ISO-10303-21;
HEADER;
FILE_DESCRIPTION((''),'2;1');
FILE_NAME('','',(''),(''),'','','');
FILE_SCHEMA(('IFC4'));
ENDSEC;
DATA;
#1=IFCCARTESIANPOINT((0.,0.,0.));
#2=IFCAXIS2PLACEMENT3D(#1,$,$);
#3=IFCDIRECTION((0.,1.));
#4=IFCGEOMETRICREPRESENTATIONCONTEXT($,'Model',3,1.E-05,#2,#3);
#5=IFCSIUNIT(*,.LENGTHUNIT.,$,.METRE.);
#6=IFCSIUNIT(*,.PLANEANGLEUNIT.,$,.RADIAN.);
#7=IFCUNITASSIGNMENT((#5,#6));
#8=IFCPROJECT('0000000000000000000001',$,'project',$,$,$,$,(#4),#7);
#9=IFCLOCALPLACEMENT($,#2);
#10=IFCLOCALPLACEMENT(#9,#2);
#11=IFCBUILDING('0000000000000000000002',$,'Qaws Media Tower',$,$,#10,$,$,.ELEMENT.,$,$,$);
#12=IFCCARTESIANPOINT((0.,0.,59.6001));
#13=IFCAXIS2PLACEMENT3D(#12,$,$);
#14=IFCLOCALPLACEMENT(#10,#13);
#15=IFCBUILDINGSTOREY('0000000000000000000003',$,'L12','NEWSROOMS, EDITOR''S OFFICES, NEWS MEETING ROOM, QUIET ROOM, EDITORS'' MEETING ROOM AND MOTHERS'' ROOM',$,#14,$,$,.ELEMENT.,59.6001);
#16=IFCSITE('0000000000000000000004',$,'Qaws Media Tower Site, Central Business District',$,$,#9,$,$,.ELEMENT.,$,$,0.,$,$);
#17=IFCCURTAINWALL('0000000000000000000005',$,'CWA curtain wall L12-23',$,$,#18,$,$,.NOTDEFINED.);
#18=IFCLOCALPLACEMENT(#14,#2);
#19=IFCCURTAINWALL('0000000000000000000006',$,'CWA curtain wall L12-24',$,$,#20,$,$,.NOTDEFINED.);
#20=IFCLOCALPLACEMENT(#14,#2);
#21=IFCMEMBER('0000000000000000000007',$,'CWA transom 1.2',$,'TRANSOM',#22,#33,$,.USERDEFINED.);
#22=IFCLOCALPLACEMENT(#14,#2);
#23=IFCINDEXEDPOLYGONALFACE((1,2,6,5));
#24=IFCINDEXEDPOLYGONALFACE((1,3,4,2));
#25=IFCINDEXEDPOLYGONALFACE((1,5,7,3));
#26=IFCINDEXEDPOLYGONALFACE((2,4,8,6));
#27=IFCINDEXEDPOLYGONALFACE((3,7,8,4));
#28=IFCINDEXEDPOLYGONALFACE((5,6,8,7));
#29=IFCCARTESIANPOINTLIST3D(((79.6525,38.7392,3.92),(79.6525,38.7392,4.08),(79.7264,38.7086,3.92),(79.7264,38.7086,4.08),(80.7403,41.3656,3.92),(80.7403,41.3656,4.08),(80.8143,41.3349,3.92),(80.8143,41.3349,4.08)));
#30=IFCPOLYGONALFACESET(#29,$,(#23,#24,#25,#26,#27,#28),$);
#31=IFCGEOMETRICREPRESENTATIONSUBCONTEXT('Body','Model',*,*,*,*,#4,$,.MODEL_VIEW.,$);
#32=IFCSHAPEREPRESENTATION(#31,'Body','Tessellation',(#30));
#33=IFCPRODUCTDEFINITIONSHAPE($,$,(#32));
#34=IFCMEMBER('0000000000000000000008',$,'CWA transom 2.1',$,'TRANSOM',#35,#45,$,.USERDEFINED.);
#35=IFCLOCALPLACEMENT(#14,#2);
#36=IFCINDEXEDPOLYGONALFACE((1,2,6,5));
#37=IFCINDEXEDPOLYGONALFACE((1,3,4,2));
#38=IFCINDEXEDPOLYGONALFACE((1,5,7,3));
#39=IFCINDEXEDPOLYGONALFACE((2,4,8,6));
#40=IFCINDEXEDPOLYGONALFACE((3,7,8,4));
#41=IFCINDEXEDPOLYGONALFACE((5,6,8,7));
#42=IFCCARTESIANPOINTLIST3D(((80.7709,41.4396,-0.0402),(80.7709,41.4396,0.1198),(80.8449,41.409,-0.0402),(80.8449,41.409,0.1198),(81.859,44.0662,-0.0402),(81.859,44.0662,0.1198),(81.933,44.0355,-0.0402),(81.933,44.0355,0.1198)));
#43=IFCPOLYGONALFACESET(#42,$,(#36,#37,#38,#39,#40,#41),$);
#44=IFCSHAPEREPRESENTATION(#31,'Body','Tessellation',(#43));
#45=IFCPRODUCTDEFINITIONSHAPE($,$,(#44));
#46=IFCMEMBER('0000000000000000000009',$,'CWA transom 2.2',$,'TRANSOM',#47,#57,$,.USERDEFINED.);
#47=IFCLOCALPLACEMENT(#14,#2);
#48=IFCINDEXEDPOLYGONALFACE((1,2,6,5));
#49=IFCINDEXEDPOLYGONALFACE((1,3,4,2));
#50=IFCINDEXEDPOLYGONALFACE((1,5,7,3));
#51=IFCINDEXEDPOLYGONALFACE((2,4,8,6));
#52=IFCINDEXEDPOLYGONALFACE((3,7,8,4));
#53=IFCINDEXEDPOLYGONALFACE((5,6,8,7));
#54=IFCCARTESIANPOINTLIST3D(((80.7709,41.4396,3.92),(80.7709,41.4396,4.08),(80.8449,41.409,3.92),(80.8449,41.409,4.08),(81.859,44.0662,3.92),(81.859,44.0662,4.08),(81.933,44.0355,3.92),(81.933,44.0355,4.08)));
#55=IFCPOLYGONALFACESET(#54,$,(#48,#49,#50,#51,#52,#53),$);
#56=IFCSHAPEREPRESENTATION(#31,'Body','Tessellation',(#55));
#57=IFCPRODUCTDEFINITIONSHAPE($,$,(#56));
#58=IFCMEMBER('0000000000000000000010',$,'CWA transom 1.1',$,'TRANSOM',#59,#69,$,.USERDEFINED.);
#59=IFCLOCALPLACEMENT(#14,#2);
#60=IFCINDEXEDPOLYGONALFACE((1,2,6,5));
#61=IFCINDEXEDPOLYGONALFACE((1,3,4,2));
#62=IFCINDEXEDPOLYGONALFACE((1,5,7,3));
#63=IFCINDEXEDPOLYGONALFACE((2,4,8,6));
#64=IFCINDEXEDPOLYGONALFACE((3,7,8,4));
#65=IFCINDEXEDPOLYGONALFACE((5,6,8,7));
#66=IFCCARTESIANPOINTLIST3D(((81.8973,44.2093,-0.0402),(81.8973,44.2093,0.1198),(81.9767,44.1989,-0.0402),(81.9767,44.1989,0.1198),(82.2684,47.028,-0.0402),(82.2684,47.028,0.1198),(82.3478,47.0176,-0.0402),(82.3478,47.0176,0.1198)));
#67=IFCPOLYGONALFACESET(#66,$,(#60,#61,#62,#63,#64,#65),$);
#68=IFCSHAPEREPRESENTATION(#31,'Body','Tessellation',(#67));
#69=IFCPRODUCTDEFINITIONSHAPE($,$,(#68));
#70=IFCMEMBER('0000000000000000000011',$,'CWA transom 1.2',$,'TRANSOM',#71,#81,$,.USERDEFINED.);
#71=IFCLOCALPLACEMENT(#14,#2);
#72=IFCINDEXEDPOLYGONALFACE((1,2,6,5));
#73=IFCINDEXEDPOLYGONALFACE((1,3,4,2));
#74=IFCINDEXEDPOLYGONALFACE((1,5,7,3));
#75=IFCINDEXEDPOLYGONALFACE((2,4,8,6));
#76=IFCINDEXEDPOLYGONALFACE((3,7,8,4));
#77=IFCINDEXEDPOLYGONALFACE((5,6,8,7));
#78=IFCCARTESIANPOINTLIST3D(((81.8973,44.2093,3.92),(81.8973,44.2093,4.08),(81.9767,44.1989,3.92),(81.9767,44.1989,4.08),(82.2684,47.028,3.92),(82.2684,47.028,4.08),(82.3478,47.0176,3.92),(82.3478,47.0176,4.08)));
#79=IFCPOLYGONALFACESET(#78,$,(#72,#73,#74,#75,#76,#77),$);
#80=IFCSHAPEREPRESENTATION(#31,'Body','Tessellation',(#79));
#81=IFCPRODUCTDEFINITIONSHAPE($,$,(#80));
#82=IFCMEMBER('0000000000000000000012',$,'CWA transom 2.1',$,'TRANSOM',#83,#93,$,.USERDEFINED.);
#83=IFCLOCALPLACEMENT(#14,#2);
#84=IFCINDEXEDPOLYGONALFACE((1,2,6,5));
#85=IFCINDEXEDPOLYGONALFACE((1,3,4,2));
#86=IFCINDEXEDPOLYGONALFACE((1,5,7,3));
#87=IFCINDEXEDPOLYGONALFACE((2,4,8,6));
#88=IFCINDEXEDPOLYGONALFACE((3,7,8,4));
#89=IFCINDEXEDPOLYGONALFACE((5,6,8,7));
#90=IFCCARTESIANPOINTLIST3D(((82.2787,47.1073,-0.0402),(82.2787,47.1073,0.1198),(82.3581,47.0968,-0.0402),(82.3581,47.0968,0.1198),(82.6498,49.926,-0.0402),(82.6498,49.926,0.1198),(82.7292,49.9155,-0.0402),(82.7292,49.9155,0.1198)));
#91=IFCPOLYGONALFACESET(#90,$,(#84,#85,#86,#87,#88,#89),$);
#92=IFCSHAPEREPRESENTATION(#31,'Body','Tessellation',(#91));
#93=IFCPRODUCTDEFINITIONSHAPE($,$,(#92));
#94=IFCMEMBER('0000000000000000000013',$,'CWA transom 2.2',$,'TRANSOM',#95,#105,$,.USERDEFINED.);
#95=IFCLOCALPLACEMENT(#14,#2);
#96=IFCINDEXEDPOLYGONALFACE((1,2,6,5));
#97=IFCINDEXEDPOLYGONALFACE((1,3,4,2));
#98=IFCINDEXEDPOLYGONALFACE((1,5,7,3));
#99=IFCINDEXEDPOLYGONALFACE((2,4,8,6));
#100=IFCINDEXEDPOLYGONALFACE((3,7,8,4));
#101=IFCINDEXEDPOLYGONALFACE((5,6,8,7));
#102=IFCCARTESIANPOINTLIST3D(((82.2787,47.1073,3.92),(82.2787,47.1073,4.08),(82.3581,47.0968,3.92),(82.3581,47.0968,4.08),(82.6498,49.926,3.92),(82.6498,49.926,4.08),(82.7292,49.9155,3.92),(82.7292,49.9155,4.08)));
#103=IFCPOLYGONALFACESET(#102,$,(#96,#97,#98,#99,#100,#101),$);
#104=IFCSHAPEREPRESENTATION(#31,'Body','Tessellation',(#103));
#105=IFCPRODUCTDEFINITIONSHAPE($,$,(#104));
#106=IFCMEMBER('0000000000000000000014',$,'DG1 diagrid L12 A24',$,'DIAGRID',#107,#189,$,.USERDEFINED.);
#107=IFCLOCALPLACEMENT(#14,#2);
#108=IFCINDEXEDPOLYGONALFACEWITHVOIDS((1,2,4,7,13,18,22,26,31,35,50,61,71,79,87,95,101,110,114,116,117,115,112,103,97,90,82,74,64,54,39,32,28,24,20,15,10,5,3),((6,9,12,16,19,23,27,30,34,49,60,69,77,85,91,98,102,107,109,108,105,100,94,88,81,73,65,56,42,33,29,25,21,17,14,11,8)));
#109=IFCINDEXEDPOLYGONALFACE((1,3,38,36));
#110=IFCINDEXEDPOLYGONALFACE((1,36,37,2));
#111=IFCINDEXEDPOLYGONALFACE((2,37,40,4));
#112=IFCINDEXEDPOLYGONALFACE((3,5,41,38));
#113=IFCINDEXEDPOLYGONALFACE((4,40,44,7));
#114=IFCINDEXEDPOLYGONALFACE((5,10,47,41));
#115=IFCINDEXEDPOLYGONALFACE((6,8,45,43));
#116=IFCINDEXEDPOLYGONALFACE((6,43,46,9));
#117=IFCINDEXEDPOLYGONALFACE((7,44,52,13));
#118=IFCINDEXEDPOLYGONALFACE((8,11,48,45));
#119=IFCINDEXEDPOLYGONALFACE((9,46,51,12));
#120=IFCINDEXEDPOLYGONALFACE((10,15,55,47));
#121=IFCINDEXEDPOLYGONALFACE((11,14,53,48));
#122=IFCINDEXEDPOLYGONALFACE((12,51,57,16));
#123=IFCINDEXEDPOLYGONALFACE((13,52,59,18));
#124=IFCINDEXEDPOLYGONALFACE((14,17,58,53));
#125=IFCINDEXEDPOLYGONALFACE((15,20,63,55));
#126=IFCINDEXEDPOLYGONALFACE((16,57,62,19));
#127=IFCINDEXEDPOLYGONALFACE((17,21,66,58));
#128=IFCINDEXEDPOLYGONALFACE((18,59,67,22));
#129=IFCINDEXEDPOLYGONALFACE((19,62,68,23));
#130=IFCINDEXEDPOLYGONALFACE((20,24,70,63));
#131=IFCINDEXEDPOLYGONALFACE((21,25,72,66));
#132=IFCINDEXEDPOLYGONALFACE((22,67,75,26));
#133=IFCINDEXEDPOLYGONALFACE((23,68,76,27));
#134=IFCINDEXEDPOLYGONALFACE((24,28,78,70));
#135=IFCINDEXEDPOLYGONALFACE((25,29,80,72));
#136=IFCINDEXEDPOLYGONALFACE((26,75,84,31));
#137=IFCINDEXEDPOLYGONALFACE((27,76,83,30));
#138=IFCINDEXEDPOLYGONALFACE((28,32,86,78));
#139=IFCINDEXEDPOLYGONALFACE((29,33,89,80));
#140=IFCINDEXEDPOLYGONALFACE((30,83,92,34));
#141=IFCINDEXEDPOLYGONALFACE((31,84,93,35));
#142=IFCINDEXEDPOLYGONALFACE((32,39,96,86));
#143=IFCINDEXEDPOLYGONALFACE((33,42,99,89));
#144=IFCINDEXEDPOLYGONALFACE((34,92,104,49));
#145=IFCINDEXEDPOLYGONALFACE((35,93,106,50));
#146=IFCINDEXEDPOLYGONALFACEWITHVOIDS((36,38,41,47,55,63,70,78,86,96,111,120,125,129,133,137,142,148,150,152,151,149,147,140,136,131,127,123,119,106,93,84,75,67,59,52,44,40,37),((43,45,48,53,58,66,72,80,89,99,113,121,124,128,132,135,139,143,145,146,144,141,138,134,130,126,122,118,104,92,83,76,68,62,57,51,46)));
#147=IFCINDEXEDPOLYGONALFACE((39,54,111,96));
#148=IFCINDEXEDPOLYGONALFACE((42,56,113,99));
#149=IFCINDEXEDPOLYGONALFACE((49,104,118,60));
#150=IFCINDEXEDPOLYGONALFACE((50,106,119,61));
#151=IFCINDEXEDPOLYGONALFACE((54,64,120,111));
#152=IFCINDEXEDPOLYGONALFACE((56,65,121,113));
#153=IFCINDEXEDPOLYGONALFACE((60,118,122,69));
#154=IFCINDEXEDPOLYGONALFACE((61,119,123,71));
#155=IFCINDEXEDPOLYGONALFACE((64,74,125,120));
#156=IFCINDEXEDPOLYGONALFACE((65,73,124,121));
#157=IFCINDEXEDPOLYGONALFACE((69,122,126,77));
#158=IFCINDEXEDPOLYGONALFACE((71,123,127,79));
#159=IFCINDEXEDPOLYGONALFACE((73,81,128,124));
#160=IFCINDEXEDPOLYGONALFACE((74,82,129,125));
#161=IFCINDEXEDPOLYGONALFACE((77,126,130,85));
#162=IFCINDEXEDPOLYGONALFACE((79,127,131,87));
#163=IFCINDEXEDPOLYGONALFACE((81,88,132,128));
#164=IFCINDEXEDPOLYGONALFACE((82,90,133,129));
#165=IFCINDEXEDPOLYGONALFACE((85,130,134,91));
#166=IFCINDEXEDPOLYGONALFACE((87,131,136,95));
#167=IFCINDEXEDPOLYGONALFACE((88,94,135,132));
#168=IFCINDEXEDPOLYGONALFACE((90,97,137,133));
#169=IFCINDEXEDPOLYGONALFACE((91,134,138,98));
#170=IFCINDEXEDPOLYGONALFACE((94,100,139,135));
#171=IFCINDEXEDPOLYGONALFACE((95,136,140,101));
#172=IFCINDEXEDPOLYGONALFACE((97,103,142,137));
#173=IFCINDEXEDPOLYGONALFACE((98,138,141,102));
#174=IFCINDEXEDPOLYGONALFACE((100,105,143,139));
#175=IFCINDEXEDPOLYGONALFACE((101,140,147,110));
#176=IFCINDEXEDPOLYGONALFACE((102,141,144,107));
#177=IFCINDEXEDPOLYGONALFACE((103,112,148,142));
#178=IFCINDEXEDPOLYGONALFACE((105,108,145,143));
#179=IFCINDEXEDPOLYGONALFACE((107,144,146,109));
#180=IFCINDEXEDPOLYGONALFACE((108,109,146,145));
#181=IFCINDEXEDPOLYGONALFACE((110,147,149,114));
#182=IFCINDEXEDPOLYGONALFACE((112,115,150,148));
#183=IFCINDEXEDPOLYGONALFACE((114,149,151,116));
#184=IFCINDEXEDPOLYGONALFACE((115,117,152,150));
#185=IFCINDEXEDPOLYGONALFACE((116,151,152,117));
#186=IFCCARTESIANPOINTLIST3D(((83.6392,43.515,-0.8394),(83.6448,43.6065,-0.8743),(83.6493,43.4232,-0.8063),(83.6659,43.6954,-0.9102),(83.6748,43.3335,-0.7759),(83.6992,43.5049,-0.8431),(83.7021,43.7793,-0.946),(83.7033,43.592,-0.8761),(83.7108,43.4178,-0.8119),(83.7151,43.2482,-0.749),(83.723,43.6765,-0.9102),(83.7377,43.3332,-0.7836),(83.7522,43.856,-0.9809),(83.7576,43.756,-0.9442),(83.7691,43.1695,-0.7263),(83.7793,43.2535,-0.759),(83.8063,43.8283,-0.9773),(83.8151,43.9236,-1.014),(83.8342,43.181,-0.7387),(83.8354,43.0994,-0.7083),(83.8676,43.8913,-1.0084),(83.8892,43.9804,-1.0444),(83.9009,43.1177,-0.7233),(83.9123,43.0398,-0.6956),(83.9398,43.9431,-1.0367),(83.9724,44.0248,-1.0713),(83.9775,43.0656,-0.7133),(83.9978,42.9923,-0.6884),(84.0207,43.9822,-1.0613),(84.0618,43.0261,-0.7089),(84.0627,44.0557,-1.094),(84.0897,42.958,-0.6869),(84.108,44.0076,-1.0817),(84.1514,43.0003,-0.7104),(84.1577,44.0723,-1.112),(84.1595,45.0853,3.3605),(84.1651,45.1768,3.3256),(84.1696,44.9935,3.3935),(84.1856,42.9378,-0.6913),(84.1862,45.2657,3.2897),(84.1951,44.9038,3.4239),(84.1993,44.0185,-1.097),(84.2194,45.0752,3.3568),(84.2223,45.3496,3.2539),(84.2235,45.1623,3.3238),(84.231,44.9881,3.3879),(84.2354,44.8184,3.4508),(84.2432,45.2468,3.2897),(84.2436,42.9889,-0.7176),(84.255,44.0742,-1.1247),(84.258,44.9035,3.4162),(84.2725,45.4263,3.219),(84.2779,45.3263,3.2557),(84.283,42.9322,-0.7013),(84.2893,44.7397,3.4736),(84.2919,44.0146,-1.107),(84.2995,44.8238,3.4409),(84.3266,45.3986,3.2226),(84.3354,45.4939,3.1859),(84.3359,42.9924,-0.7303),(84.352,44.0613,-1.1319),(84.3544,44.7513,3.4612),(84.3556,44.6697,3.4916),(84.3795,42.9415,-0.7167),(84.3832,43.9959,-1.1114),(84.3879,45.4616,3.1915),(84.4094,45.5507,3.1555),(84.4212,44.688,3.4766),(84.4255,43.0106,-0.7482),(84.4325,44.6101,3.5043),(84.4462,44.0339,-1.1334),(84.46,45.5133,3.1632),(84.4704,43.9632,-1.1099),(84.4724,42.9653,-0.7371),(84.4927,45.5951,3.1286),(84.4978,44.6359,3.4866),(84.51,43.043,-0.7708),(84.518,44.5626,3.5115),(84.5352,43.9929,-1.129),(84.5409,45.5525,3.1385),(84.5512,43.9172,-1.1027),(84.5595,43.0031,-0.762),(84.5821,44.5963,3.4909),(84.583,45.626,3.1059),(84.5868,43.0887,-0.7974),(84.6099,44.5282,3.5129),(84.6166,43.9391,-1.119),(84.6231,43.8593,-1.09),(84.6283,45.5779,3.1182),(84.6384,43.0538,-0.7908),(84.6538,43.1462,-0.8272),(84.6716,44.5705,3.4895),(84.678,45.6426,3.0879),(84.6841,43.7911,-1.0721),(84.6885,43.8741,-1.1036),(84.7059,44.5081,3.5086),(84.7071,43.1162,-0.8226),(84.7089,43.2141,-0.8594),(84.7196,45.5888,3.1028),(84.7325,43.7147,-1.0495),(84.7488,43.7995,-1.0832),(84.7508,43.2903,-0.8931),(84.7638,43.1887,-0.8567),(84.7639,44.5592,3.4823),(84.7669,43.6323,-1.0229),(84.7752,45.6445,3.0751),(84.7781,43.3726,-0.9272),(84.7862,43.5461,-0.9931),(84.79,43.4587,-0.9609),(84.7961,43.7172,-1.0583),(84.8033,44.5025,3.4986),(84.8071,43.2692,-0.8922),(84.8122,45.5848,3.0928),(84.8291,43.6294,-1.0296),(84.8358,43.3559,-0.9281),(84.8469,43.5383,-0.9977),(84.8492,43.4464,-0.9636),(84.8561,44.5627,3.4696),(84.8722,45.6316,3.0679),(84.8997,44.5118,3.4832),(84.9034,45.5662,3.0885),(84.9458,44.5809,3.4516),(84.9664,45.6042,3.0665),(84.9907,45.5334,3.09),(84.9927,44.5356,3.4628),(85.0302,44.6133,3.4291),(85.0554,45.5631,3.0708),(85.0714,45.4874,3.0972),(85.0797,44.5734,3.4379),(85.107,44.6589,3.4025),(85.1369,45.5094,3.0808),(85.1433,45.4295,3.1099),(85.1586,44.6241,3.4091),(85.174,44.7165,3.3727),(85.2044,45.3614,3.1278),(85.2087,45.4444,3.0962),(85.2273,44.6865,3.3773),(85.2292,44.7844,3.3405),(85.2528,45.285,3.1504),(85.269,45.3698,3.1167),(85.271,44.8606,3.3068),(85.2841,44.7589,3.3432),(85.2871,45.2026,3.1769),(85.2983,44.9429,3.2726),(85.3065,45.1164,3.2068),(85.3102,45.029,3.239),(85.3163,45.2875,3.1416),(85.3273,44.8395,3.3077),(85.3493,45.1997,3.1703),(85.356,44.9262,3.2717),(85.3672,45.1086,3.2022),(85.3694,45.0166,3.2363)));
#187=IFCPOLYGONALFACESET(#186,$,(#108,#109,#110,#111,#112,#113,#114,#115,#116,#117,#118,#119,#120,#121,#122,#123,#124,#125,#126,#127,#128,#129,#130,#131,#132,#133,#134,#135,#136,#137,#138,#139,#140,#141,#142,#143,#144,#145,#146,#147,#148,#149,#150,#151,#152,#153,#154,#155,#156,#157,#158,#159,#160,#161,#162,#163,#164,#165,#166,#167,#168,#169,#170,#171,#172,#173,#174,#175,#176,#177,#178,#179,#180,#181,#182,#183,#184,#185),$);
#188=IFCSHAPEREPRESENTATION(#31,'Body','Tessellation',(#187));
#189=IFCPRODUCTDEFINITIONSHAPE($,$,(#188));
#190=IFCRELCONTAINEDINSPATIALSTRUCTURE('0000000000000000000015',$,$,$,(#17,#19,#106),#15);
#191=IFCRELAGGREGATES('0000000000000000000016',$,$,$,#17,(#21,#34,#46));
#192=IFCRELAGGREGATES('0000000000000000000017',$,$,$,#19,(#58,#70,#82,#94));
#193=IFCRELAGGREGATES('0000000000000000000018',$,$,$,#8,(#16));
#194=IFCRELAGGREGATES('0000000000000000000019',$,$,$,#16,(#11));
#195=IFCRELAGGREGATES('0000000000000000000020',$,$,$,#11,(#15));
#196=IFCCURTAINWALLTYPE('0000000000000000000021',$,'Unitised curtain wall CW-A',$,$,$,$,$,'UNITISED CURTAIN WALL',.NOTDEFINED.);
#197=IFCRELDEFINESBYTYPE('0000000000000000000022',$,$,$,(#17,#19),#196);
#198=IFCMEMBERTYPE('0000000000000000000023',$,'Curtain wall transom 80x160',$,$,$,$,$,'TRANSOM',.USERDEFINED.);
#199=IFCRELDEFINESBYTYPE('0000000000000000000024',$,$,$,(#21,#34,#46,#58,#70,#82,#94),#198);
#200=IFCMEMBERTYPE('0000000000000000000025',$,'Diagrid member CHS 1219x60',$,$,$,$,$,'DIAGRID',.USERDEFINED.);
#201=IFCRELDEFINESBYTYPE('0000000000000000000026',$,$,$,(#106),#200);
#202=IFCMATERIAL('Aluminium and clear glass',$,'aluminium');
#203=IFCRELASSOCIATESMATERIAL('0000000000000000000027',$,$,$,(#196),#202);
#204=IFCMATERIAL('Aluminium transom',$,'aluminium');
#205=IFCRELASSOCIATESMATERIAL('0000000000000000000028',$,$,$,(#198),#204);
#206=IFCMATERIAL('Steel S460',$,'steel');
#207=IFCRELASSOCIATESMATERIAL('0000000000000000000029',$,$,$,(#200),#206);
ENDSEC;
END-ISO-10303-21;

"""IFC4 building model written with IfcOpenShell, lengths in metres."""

from ifc_helpers import new_model, si_unit, direction, frame, origin, origin_2d, place, context, subcontext, project, spatial, rectangle, hollow_circle, extrude, material, material_profile, profile_set, type_object, element, aggregate, save


model = new_model("IFC4")

# Units and contexts
model_context = context("Model", 3, precision=1e-05, world=origin(), true_north=direction((0.0, 1.0)))
body_context = subcontext(model_context, "Body", "Model", "MODEL_VIEW")
ifc_project = project(units=[si_unit("LENGTHUNIT", "METRE"), si_unit("PLANEANGLEUNIT", "RADIAN")], contexts=[model_context])

# Site, building, storey
site_placement = place(None, origin())
site = spatial("IfcSite", under=ifc_project, at=site_placement, Name="Qaws Media Tower Site, Central Business District", CompositionType="ELEMENT", RefElevation=0.0)
building_placement = place(site_placement, origin())
building = spatial("IfcBuilding", under=site, at=building_placement, Name="Qaws Media Tower", CompositionType="ELEMENT")
storey_placement = place(building_placement, frame((0.0, 0.0, 59.6001)))
storey = spatial("IfcBuildingStorey", under=building, at=storey_placement, Name="L12", Description="NEWSROOMS, EDITOR'S OFFICES, NEWS MEETING ROOM, QUIET ROOM, EDITORS' MEETING ROOM AND MOTHERS' ROOM", CompositionType="ELEMENT", Elevation=59.6001)

# Shared definitions
ifc_material_1 = material(Name="Aluminium and clear glass", Category="aluminium")
curtain_wall_type = type_object("IfcCurtainWallType", Name="Unitised curtain wall CW-A", ElementType="UNITISED CURTAIN WALL", PredefinedType="NOTDEFINED", material=ifc_material_1)

# Curtain walls
curtain_wall_1_placement = place(storey_placement, origin())
curtain_wall_1 = element("IfcCurtainWall", 1, at=curtain_wall_1_placement, inside=storey, type_object=curtain_wall_type, Name="CWA curtain wall L12-23", PredefinedType="NOTDEFINED")
curtain_wall_2_placement = place(storey_placement, origin())
curtain_wall_2 = element("IfcCurtainWall", 2, at=curtain_wall_2_placement, inside=storey, type_object=curtain_wall_type, Name="CWA curtain wall L12-24", PredefinedType="NOTDEFINED")

# Members
ifc_material_2 = material(Name="Aluminium transom", Category="aluminium")
ifc_material_profile_1 = material_profile(ifc_material_2, rectangle(XDim=0.0801, YDim=0.1599, at=origin_2d()), Name="80x160")
ifc_profile_set_1 = profile_set([ifc_material_profile_1], Name="Aluminium transom")
member_type_1 = type_object("IfcMemberType", Name="Curtain wall transom 80x160", ElementType="TRANSOM", PredefinedType="USERDEFINED", material=ifc_profile_set_1)
member_1_placement = place(storey_placement, frame((79.6895, 38.7239, 4.0), z_axis=(0.382675, 0.923883, 0.0), x_axis=(-0.923883, 0.382675, 0.0)))
member_1 = element("IfcMember", 3, at=member_1_placement, type_object=member_type_1, Name="CWA transom 1.2", ObjectType="TRANSOM", PredefinedType="USERDEFINED", context=body_context, shape_type="SweptSolid", body=[
    extrude(rectangle(XDim=0.0801, YDim=0.1599, at=origin_2d()), origin(), (0.0, 0.0, 1.0), 2.8428),
])
member_2_placement = place(storey_placement, frame((80.8079, 41.4243, 0.0398), z_axis=(0.382749, 0.923852, 0.0), x_axis=(-0.923852, 0.382749, 0.0)))
member_2 = element("IfcMember", 4, at=member_2_placement, type_object=member_type_1, Name="CWA transom 2.1", ObjectType="TRANSOM", PredefinedType="USERDEFINED", context=body_context, shape_type="SweptSolid", body=[
    extrude(rectangle(XDim=0.0801, YDim=0.1599, at=origin_2d()), origin(), (0.0, 0.0, 1.0), 2.843),
])
member_3_placement = place(storey_placement, frame((80.8079, 41.4243, 4.0), z_axis=(0.382749, 0.923852, 0.0), x_axis=(-0.923852, 0.382749, 0.0)))
member_3 = element("IfcMember", 5, at=member_3_placement, type_object=member_type_1, Name="CWA transom 2.2", ObjectType="TRANSOM", PredefinedType="USERDEFINED", context=body_context, shape_type="SweptSolid", body=[
    extrude(rectangle(XDim=0.0801, YDim=0.1599, at=origin_2d()), origin(), (0.0, 0.0, 1.0), 2.843),
])
member_4_placement = place(storey_placement, frame((81.937, 44.2041, 0.0398), z_axis=(0.130532, 0.991444, 0.0), x_axis=(-0.991444, 0.130532, 0.0)))
member_4 = element("IfcMember", 6, at=member_4_placement, type_object=member_type_1, Name="CWA transom 1.1", ObjectType="TRANSOM", PredefinedType="USERDEFINED", context=body_context, shape_type="SweptSolid", body=[
    extrude(rectangle(XDim=0.0801, YDim=0.1599, at=origin_2d()), origin(), (0.0, 0.0, 1.0), 2.843),
])
member_5_placement = place(storey_placement, frame((81.937, 44.2041, 4.0), z_axis=(0.130532, 0.991444, 0.0), x_axis=(-0.991444, 0.130532, 0.0)))
member_5 = element("IfcMember", 7, at=member_5_placement, type_object=member_type_1, Name="CWA transom 1.2", ObjectType="TRANSOM", PredefinedType="USERDEFINED", context=body_context, shape_type="SweptSolid", body=[
    extrude(rectangle(XDim=0.0801, YDim=0.1599, at=origin_2d()), origin(), (0.0, 0.0, 1.0), 2.843),
])
member_6_placement = place(storey_placement, frame((82.3184, 47.1021, 0.0398), z_axis=(0.130532, 0.991444, 0.0), x_axis=(-0.991444, 0.130532, 0.0)))
member_6 = element("IfcMember", 8, at=member_6_placement, type_object=member_type_1, Name="CWA transom 2.1", ObjectType="TRANSOM", PredefinedType="USERDEFINED", context=body_context, shape_type="SweptSolid", body=[
    extrude(rectangle(XDim=0.0801, YDim=0.1599, at=origin_2d()), origin(), (0.0, 0.0, 1.0), 2.843),
])
member_7_placement = place(storey_placement, frame((82.3184, 47.1021, 4.0), z_axis=(0.130532, 0.991444, 0.0), x_axis=(-0.991444, 0.130532, 0.0)))
member_7 = element("IfcMember", 9, at=member_7_placement, type_object=member_type_1, Name="CWA transom 2.2", ObjectType="TRANSOM", PredefinedType="USERDEFINED", context=body_context, shape_type="SweptSolid", body=[
    extrude(rectangle(XDim=0.0801, YDim=0.1599, at=origin_2d()), origin(), (0.0, 0.0, 1.0), 2.843),
])

# Member
ifc_material_3 = material(Name="Steel S460", Category="steel")
ifc_material_profile_2 = material_profile(ifc_material_3, hollow_circle(Radius=0.6096, WallThickness=0.0601, at=origin_2d()), Name="CHS 1219x60")
ifc_profile_set_2 = profile_set([ifc_material_profile_2], Name="Steel S460")
member_type_2 = type_object("IfcMemberType", Name="Diagrid member CHS 1219x60", ElementType="DIAGRID", PredefinedType="USERDEFINED", material=ifc_profile_set_2)
for number, where, z_axis, x_axis, name in (
    (10, (84.2446, 43.5037, -0.9102), (0.115256, 0.347876, 0.930429), (-0.949257, 0.314501, 0.0), "DG1 diagrid L12 A24"),
):
    element("IfcMember", number, at=place(storey_placement, frame(where, z_axis=z_axis, x_axis=x_axis)), inside=storey, type_object=member_type_2, Name=name, ObjectType="DIAGRID", PredefinedType="USERDEFINED", context=body_context, shape_type="SweptSolid", body=[
        extrude(hollow_circle(Radius=0.6096, WallThickness=0.0601, at=origin_2d()), origin(), (0.0, 0.0, 1.0), 4.5139),
    ])

aggregate(curtain_wall_1, [member_1, member_2, member_3])
aggregate(curtain_wall_2, [member_4, member_5, member_6, member_7])

save(model, "model.ifc")
